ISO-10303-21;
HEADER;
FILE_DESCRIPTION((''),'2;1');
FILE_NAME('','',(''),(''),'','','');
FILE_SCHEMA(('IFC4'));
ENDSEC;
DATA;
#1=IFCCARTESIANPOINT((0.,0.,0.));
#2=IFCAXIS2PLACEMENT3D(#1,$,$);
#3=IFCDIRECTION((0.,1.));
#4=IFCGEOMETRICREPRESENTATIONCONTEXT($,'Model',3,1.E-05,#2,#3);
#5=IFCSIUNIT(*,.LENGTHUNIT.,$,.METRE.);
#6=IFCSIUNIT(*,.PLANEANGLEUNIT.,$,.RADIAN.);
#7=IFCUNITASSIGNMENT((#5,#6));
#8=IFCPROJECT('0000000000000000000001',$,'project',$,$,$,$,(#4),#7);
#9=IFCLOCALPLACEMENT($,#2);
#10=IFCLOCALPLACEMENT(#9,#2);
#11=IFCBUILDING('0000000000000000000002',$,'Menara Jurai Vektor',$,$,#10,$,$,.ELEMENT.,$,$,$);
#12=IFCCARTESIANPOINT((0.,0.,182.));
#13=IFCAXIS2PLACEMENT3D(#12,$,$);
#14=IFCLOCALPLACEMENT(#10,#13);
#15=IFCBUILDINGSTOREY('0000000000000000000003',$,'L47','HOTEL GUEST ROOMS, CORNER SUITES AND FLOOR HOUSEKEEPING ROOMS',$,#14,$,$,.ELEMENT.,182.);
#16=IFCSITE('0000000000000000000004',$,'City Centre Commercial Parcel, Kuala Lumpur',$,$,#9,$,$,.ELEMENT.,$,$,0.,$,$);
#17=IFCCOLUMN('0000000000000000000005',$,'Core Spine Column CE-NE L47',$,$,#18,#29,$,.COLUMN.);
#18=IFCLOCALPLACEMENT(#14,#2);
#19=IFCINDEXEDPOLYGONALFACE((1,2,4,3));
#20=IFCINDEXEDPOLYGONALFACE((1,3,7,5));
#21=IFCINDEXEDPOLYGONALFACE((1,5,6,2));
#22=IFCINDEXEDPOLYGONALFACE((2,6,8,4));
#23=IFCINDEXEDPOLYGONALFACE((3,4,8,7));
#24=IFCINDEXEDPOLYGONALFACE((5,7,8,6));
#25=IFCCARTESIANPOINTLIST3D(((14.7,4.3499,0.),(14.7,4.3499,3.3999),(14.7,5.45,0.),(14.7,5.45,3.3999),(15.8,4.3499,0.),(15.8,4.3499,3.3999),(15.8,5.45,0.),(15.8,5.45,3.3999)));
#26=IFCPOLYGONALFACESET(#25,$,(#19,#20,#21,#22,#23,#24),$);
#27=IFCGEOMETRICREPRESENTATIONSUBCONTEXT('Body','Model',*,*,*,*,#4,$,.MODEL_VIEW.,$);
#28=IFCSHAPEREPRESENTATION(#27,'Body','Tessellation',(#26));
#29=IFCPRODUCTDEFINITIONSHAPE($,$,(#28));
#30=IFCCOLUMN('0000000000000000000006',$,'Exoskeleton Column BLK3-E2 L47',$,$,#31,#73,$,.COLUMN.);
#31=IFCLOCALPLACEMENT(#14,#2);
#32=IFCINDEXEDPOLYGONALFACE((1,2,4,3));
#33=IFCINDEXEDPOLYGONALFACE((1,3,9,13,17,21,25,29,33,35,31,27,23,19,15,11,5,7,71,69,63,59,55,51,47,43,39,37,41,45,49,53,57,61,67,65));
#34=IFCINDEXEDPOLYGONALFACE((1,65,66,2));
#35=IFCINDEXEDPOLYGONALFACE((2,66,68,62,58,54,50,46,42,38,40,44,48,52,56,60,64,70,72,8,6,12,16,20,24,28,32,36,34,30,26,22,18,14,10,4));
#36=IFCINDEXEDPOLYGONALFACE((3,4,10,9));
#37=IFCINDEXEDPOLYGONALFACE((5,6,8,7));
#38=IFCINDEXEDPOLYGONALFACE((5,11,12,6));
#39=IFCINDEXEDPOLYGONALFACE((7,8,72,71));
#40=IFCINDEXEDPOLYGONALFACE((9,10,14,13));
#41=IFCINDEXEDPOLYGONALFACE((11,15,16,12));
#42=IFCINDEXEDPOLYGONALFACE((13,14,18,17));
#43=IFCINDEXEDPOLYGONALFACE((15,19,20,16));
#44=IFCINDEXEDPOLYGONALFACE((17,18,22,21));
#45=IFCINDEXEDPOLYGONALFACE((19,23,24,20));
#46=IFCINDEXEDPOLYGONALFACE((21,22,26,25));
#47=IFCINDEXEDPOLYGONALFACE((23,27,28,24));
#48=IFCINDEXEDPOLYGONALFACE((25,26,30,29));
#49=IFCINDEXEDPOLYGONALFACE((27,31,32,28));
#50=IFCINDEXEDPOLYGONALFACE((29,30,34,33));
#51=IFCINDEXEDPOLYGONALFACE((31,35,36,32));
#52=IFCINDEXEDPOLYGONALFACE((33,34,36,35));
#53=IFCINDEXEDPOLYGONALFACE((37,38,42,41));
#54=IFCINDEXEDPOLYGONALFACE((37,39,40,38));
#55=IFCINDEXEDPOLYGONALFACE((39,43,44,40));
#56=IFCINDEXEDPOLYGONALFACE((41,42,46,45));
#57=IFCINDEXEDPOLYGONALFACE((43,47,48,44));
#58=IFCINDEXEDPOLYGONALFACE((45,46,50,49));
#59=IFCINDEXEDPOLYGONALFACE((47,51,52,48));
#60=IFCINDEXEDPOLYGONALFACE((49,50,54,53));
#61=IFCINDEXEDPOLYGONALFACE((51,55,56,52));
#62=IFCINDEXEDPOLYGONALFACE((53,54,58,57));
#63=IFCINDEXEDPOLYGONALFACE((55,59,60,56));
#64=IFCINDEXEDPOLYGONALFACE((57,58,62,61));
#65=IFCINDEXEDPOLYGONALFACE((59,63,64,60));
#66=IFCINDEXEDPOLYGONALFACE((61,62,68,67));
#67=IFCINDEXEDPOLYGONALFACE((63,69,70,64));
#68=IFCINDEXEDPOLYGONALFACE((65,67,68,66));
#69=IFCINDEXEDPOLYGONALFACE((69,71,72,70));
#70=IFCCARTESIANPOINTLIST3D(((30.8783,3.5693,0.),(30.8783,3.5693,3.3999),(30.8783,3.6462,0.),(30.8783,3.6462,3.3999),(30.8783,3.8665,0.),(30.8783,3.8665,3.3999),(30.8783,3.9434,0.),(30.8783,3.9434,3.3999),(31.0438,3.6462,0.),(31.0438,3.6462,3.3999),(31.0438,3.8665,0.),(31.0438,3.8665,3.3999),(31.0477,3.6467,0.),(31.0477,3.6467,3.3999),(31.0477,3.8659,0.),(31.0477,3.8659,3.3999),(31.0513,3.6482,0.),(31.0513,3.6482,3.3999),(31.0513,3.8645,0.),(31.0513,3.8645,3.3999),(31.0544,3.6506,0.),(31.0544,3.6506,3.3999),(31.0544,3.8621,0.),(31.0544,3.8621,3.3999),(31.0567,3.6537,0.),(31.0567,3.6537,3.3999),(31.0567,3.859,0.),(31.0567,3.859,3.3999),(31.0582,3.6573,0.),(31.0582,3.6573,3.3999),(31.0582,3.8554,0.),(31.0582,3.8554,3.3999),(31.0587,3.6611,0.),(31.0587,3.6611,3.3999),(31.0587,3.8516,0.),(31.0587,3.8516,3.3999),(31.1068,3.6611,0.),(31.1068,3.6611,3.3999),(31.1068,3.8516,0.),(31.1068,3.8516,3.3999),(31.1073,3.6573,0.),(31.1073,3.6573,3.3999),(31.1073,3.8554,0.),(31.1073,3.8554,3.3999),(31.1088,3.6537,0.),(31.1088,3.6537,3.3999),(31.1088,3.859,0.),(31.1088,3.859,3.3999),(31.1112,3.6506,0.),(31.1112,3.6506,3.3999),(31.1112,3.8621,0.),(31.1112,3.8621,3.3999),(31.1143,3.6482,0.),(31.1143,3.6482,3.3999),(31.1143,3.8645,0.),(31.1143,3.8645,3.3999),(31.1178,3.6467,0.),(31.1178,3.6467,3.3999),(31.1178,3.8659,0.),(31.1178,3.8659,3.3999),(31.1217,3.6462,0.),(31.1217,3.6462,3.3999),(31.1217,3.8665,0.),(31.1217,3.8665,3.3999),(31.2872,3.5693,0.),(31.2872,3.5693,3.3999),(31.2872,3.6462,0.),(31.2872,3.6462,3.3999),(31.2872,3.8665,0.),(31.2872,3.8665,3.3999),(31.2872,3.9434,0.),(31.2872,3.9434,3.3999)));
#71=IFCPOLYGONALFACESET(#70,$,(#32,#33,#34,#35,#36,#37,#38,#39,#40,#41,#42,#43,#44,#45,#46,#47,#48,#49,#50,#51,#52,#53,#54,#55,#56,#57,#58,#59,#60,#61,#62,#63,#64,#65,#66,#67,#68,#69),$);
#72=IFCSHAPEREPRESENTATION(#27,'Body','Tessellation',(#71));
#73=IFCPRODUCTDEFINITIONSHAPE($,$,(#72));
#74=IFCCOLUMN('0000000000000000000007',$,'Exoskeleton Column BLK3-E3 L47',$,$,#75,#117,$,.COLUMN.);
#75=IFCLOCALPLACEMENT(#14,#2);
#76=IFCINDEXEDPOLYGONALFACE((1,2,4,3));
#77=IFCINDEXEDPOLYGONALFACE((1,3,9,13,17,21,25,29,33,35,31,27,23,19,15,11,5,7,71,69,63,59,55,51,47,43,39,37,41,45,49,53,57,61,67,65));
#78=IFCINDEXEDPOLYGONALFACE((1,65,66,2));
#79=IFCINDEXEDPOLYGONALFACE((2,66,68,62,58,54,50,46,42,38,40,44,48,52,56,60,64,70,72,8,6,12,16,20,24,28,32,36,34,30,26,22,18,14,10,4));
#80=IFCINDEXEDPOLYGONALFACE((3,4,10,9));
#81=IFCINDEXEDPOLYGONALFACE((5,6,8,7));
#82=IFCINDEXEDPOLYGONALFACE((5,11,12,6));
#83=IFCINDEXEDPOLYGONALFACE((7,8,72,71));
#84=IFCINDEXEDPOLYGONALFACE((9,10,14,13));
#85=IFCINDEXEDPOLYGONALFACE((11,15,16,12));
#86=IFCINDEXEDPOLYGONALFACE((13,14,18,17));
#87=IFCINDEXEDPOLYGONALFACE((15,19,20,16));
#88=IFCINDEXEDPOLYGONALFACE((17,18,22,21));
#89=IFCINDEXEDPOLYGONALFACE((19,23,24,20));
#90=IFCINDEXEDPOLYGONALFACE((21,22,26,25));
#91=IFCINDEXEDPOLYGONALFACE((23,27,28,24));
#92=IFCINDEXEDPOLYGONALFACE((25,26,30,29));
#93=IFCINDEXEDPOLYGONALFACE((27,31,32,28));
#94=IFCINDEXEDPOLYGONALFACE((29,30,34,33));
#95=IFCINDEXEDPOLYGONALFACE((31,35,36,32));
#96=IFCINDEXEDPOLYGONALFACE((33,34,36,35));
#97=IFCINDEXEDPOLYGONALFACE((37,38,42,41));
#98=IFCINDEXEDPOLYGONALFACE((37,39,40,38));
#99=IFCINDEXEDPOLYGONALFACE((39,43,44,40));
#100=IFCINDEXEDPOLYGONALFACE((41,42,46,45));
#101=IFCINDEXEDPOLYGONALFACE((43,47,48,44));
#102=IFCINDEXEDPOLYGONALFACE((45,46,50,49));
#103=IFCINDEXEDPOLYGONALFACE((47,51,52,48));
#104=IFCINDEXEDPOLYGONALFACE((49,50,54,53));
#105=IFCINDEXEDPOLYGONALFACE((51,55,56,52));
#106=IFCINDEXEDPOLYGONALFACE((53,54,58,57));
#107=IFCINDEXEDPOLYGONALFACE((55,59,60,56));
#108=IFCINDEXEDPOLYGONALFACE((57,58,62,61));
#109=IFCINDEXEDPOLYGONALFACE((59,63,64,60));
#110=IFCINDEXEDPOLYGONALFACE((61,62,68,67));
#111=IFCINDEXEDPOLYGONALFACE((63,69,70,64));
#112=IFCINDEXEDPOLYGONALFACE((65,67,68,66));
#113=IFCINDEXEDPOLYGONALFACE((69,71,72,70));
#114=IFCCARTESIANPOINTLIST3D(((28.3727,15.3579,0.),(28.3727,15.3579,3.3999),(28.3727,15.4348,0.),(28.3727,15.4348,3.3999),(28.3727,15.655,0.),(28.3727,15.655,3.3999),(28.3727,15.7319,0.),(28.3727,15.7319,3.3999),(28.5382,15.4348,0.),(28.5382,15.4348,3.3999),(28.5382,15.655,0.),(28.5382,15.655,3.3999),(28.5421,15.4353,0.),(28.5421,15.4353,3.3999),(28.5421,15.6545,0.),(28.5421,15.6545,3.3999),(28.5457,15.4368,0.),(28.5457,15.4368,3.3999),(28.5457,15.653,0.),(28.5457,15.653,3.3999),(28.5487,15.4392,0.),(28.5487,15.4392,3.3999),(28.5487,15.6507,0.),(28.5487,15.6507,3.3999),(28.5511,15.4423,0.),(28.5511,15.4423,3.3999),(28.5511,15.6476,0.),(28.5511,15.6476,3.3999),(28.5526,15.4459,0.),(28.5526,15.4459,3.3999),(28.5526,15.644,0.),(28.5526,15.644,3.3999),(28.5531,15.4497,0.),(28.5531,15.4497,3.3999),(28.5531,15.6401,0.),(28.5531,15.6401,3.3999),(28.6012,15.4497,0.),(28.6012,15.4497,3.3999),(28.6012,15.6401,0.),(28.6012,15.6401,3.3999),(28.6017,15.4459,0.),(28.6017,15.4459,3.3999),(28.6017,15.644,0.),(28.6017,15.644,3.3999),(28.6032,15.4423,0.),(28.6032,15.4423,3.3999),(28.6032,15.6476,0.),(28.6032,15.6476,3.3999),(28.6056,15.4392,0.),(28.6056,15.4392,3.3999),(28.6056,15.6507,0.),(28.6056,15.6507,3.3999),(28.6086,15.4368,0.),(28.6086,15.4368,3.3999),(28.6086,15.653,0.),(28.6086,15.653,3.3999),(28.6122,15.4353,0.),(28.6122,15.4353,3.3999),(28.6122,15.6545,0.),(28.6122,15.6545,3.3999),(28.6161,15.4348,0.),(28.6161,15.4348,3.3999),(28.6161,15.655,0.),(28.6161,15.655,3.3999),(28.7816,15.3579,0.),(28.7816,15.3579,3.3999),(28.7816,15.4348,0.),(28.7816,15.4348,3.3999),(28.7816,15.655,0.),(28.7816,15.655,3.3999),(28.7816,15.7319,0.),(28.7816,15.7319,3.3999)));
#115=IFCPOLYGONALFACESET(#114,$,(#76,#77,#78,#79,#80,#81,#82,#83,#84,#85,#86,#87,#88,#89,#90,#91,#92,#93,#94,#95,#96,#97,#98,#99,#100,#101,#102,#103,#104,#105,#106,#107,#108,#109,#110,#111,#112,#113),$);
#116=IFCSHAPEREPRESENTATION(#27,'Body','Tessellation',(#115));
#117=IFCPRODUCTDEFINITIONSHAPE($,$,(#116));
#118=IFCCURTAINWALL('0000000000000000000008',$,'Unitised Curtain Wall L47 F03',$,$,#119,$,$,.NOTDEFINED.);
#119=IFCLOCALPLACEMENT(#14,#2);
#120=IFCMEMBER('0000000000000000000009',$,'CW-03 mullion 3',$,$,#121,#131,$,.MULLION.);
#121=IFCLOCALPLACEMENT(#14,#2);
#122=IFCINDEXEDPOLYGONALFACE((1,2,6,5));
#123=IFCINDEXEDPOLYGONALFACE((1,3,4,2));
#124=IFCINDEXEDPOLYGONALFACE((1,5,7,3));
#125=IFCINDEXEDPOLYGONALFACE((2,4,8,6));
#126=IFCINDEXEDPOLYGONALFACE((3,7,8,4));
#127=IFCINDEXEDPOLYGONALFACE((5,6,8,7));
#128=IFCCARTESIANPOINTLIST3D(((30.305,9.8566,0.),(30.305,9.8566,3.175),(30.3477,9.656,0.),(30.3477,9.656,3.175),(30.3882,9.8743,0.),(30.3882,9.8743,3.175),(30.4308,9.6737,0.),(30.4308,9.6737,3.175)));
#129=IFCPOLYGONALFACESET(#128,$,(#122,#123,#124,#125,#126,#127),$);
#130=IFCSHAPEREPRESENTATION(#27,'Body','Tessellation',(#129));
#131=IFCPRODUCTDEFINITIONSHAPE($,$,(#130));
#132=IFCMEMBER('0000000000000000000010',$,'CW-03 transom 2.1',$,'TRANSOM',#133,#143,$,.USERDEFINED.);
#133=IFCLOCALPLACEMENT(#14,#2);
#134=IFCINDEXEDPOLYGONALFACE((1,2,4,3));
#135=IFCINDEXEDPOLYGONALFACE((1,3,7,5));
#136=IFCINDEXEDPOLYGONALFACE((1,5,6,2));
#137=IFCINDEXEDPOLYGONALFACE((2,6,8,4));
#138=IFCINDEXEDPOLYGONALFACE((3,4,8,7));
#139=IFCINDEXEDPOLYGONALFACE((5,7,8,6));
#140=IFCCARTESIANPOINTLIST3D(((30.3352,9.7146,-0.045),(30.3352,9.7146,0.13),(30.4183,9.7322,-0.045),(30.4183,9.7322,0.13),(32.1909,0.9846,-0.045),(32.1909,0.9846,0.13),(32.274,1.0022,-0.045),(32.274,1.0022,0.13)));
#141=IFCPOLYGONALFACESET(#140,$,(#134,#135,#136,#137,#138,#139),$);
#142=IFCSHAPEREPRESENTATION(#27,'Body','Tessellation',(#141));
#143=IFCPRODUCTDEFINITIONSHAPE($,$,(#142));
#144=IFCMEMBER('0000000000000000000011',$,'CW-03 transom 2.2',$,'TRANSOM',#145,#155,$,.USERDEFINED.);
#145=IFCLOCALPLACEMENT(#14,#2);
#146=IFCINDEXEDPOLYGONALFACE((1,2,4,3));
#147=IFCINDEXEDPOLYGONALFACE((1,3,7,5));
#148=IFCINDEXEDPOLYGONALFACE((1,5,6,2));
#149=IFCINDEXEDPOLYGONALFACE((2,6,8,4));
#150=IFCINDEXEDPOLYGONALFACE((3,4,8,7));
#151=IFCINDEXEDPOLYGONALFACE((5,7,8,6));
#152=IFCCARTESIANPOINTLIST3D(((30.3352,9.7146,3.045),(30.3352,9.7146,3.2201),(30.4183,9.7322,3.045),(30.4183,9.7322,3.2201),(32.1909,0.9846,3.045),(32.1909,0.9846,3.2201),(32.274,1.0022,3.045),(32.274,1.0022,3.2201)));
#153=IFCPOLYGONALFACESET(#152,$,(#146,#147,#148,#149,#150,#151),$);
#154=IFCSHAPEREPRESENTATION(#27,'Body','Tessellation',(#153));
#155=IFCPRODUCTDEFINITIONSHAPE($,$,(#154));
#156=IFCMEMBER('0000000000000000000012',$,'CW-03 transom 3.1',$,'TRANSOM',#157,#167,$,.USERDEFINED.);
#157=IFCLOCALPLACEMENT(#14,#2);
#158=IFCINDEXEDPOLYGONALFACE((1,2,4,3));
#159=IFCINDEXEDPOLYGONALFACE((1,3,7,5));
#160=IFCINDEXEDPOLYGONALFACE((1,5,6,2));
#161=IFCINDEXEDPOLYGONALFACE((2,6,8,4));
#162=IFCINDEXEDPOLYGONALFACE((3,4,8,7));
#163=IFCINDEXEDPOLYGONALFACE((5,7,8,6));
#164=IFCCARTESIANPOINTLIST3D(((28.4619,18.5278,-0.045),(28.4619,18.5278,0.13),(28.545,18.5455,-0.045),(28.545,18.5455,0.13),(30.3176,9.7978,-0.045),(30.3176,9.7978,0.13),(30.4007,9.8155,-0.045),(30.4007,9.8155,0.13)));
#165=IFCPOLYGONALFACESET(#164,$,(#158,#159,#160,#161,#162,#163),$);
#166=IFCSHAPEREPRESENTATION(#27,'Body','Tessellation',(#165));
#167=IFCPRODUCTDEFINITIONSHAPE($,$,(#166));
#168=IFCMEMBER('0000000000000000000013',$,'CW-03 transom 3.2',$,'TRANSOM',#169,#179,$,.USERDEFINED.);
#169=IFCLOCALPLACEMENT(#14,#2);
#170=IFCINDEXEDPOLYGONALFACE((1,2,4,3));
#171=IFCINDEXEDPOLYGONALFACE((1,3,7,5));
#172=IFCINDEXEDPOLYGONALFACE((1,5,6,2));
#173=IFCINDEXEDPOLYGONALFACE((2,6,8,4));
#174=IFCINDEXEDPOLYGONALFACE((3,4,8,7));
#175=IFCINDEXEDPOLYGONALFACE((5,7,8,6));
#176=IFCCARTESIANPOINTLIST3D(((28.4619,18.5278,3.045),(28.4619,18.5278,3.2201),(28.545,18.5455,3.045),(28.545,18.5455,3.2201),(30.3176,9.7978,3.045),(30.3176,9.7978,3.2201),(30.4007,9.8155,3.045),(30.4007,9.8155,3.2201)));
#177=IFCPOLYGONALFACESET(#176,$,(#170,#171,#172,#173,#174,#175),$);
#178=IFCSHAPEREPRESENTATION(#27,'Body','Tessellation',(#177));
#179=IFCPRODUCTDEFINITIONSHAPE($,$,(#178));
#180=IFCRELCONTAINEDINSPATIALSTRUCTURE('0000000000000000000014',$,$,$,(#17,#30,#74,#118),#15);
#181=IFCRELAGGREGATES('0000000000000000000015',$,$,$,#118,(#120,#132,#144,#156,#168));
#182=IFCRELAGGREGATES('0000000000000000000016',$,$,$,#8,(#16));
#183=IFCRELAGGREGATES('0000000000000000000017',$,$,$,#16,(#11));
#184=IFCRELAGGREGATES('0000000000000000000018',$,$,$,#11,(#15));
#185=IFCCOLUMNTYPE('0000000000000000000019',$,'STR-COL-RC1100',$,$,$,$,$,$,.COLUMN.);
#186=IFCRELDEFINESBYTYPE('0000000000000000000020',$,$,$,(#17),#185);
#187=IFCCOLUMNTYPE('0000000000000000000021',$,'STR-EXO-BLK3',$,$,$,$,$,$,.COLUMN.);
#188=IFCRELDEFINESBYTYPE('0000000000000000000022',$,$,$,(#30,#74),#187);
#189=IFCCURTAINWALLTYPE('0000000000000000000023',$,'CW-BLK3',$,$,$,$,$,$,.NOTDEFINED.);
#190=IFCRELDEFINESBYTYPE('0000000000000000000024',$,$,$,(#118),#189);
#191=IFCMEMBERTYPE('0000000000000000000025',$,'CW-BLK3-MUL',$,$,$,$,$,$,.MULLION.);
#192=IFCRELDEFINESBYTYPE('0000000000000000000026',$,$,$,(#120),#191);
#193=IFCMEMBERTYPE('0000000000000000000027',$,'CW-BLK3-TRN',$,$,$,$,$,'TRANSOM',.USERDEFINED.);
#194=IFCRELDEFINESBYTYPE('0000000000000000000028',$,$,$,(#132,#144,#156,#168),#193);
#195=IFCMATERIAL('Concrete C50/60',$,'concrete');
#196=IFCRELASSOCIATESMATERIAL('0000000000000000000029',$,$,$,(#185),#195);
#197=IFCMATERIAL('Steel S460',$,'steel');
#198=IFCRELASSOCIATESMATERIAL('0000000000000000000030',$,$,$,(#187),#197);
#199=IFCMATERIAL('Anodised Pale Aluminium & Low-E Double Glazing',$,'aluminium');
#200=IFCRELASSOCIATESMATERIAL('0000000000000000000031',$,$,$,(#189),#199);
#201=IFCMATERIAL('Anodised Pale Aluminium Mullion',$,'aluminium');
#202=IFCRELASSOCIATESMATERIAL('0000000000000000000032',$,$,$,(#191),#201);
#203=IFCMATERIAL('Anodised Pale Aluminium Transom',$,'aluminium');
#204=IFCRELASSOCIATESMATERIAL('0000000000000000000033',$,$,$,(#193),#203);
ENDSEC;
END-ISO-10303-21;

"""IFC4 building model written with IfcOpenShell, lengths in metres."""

from ifc_helpers import new_model, si_unit, direction, frame, origin, origin_2d, place, context, subcontext, project, spatial, rectangle, i_section, extrude, material, material_profile, profile_set, type_object, element, aggregate, save


model = new_model("IFC4")

# Units and contexts
model_context = context("Model", 3, precision=1e-05, world=origin(), true_north=direction((0.0, 1.0)))
body_context = subcontext(model_context, "Body", "Model", "MODEL_VIEW")
ifc_project = project(units=[si_unit("LENGTHUNIT", "METRE"), si_unit("PLANEANGLEUNIT", "RADIAN")], contexts=[model_context])

# Site, building, storey
site_placement = place(None, origin())
site = spatial("IfcSite", under=ifc_project, at=site_placement, Name="City Centre Commercial Parcel, Kuala Lumpur", CompositionType="ELEMENT", RefElevation=0.0)
building_placement = place(site_placement, origin())
building = spatial("IfcBuilding", under=site, at=building_placement, Name="Menara Jurai Vektor", CompositionType="ELEMENT")
storey_placement = place(building_placement, frame((0.0, 0.0, 182.0)))
storey = spatial("IfcBuildingStorey", under=building, at=storey_placement, Name="L47", Description="HOTEL GUEST ROOMS, CORNER SUITES AND FLOOR HOUSEKEEPING ROOMS", CompositionType="ELEMENT", Elevation=182.0)

# Columns
ifc_material_1 = material(Name="Concrete C50/60", Category="concrete")
ifc_material_profile_1 = material_profile(ifc_material_1, rectangle(XDim=1.1001, YDim=1.1001, at=origin_2d()), Name="RC 1100x1100")
ifc_profile_set_1 = profile_set([ifc_material_profile_1], Name="Concrete C50/60")
column_type_1 = type_object("IfcColumnType", Name="STR-COL-RC1100", PredefinedType="COLUMN", material=ifc_profile_set_1)
column_placement = place(storey_placement, frame((15.25, 4.8999, 0.0), z_axis=(0.0, 0.0, 1.0), x_axis=(1.0, 0.0, 0.0)))
element("IfcColumn", 1, at=column_placement, inside=storey, type_object=column_type_1, Name="Core Spine Column CE-NE L47", PredefinedType="COLUMN", context=body_context, shape_type="SweptSolid", body=[
    extrude(rectangle(XDim=1.1001, YDim=1.1001, at=origin_2d()), origin(), (0.0, 0.0, 1.0), 3.3999),
])
ifc_material_2 = material(Name="Steel S460", Category="steel")
ifc_material_profile_2 = material_profile(ifc_material_2, i_section(OverallWidth=0.4089, OverallDepth=0.374, WebThickness=0.0481, FlangeThickness=0.0769, FilletRadius=0.0149, at=origin_2d()), Name="HD 400x634")
ifc_profile_set_2 = profile_set([ifc_material_profile_2], Name="Steel S460")
column_type_2 = type_object("IfcColumnType", Name="STR-EXO-BLK3", PredefinedType="COLUMN", material=ifc_profile_set_2)
for number, where, z_axis, x_axis, name in (
    (2, (31.0828, 3.7563, 0.0), (0.0, 0.0, 1.0), (1.0, 0.0, 0.0), "Exoskeleton Column BLK3-E2 L47"),
    (3, (28.5771, 15.5449, 0.0), (0.0, 0.0, 1.0), (1.0, 0.0, 0.0), "Exoskeleton Column BLK3-E3 L47"),
):
    element("IfcColumn", number, at=place(storey_placement, frame(where, z_axis=z_axis, x_axis=x_axis)), inside=storey, type_object=column_type_2, Name=name, PredefinedType="COLUMN", context=body_context, shape_type="SweptSolid", body=[
        extrude(i_section(OverallWidth=0.4089, OverallDepth=0.374, WebThickness=0.0481, FlangeThickness=0.0769, FilletRadius=0.0149, at=origin_2d()), origin(), (0.0, 0.0, 1.0), 3.3999),
    ])

# Curtain wall, members
ifc_material_3 = material(Name="Anodised Pale Aluminium & Low-E Double Glazing", Category="aluminium")
curtain_wall_type = type_object("IfcCurtainWallType", Name="CW-BLK3", PredefinedType="NOTDEFINED", material=ifc_material_3)
curtain_wall_placement = place(storey_placement, origin())
curtain_wall = element("IfcCurtainWall", 4, at=curtain_wall_placement, inside=storey, type_object=curtain_wall_type, Name="Unitised Curtain Wall L47 F03", PredefinedType="NOTDEFINED")
ifc_material_4 = material(Name="Anodised Pale Aluminium Mullion", Category="aluminium")
ifc_material_profile_3 = material_profile(ifc_material_4, rectangle(XDim=0.085, YDim=0.2051, at=origin_2d()), Name="ALU MUL 85x205")
ifc_profile_set_3 = profile_set([ifc_material_profile_3], Name="Anodised Pale Aluminium Mullion")
member_type_1 = type_object("IfcMemberType", Name="CW-BLK3-MUL", PredefinedType="MULLION", material=ifc_profile_set_3)
member_1_placement = place(storey_placement, frame((30.3679, 9.7651, 0.0), z_axis=(0.0, 0.0, 1.0), x_axis=(-0.978148, -0.20791, 0.0)))
member_1 = element("IfcMember", 5, at=member_1_placement, type_object=member_type_1, Name="CW-03 mullion 3", PredefinedType="MULLION", context=body_context, shape_type="SweptSolid", body=[
    extrude(rectangle(XDim=0.085, YDim=0.2051, at=origin_2d()), origin(), (0.0, 0.0, 1.0), 3.175),
])
ifc_material_5 = material(Name="Anodised Pale Aluminium Transom", Category="aluminium")
ifc_material_profile_4 = material_profile(ifc_material_5, rectangle(XDim=0.085, YDim=0.175, at=origin_2d()), Name="ALU TRN 85x175")
ifc_profile_set_4 = profile_set([ifc_material_profile_4], Name="Anodised Pale Aluminium Transom")
member_type_2 = type_object("IfcMemberType", Name="CW-BLK3-TRN", ElementType="TRANSOM", PredefinedType="USERDEFINED", material=ifc_profile_set_4)
member_2_placement = place(storey_placement, frame((32.2324, 0.9934, 0.0425), z_axis=(-0.207922, 0.978145, 0.0), x_axis=(-0.978145, -0.207922, 0.0)))
member_2 = element("IfcMember", 6, at=member_2_placement, type_object=member_type_2, Name="CW-03 transom 2.1", ObjectType="TRANSOM", PredefinedType="USERDEFINED", context=body_context, shape_type="SweptSolid", body=[
    extrude(rectangle(XDim=0.085, YDim=0.175, at=origin_2d()), origin(), (0.0, 0.0, 1.0), 8.925),
])
member_3_placement = place(storey_placement, frame((32.2324, 0.9934, 3.1326), z_axis=(-0.207922, 0.978145, 0.0), x_axis=(-0.978145, -0.207922, 0.0)))
member_3 = element("IfcMember", 7, at=member_3_placement, type_object=member_type_2, Name="CW-03 transom 2.2", ObjectType="TRANSOM", PredefinedType="USERDEFINED", context=body_context, shape_type="SweptSolid", body=[
    extrude(rectangle(XDim=0.085, YDim=0.175, at=origin_2d()), origin(), (0.0, 0.0, 1.0), 8.925),
])
member_4_placement = place(storey_placement, frame((30.3591, 9.8066, 0.0425), z_axis=(-0.207922, 0.978145, 0.0), x_axis=(-0.978145, -0.207922, 0.0)))
member_4 = element("IfcMember", 8, at=member_4_placement, type_object=member_type_2, Name="CW-03 transom 3.1", ObjectType="TRANSOM", PredefinedType="USERDEFINED", context=body_context, shape_type="SweptSolid", body=[
    extrude(rectangle(XDim=0.085, YDim=0.175, at=origin_2d()), origin(), (0.0, 0.0, 1.0), 8.925),
])
member_5_placement = place(storey_placement, frame((30.3591, 9.8066, 3.1326), z_axis=(-0.207922, 0.978145, 0.0), x_axis=(-0.978145, -0.207922, 0.0)))
member_5 = element("IfcMember", 9, at=member_5_placement, type_object=member_type_2, Name="CW-03 transom 3.2", ObjectType="TRANSOM", PredefinedType="USERDEFINED", context=body_context, shape_type="SweptSolid", body=[
    extrude(rectangle(XDim=0.085, YDim=0.175, at=origin_2d()), origin(), (0.0, 0.0, 1.0), 8.925),
])

aggregate(curtain_wall, [member_1, member_2, member_3, member_4, member_5])

save(model, "model.ifc")
